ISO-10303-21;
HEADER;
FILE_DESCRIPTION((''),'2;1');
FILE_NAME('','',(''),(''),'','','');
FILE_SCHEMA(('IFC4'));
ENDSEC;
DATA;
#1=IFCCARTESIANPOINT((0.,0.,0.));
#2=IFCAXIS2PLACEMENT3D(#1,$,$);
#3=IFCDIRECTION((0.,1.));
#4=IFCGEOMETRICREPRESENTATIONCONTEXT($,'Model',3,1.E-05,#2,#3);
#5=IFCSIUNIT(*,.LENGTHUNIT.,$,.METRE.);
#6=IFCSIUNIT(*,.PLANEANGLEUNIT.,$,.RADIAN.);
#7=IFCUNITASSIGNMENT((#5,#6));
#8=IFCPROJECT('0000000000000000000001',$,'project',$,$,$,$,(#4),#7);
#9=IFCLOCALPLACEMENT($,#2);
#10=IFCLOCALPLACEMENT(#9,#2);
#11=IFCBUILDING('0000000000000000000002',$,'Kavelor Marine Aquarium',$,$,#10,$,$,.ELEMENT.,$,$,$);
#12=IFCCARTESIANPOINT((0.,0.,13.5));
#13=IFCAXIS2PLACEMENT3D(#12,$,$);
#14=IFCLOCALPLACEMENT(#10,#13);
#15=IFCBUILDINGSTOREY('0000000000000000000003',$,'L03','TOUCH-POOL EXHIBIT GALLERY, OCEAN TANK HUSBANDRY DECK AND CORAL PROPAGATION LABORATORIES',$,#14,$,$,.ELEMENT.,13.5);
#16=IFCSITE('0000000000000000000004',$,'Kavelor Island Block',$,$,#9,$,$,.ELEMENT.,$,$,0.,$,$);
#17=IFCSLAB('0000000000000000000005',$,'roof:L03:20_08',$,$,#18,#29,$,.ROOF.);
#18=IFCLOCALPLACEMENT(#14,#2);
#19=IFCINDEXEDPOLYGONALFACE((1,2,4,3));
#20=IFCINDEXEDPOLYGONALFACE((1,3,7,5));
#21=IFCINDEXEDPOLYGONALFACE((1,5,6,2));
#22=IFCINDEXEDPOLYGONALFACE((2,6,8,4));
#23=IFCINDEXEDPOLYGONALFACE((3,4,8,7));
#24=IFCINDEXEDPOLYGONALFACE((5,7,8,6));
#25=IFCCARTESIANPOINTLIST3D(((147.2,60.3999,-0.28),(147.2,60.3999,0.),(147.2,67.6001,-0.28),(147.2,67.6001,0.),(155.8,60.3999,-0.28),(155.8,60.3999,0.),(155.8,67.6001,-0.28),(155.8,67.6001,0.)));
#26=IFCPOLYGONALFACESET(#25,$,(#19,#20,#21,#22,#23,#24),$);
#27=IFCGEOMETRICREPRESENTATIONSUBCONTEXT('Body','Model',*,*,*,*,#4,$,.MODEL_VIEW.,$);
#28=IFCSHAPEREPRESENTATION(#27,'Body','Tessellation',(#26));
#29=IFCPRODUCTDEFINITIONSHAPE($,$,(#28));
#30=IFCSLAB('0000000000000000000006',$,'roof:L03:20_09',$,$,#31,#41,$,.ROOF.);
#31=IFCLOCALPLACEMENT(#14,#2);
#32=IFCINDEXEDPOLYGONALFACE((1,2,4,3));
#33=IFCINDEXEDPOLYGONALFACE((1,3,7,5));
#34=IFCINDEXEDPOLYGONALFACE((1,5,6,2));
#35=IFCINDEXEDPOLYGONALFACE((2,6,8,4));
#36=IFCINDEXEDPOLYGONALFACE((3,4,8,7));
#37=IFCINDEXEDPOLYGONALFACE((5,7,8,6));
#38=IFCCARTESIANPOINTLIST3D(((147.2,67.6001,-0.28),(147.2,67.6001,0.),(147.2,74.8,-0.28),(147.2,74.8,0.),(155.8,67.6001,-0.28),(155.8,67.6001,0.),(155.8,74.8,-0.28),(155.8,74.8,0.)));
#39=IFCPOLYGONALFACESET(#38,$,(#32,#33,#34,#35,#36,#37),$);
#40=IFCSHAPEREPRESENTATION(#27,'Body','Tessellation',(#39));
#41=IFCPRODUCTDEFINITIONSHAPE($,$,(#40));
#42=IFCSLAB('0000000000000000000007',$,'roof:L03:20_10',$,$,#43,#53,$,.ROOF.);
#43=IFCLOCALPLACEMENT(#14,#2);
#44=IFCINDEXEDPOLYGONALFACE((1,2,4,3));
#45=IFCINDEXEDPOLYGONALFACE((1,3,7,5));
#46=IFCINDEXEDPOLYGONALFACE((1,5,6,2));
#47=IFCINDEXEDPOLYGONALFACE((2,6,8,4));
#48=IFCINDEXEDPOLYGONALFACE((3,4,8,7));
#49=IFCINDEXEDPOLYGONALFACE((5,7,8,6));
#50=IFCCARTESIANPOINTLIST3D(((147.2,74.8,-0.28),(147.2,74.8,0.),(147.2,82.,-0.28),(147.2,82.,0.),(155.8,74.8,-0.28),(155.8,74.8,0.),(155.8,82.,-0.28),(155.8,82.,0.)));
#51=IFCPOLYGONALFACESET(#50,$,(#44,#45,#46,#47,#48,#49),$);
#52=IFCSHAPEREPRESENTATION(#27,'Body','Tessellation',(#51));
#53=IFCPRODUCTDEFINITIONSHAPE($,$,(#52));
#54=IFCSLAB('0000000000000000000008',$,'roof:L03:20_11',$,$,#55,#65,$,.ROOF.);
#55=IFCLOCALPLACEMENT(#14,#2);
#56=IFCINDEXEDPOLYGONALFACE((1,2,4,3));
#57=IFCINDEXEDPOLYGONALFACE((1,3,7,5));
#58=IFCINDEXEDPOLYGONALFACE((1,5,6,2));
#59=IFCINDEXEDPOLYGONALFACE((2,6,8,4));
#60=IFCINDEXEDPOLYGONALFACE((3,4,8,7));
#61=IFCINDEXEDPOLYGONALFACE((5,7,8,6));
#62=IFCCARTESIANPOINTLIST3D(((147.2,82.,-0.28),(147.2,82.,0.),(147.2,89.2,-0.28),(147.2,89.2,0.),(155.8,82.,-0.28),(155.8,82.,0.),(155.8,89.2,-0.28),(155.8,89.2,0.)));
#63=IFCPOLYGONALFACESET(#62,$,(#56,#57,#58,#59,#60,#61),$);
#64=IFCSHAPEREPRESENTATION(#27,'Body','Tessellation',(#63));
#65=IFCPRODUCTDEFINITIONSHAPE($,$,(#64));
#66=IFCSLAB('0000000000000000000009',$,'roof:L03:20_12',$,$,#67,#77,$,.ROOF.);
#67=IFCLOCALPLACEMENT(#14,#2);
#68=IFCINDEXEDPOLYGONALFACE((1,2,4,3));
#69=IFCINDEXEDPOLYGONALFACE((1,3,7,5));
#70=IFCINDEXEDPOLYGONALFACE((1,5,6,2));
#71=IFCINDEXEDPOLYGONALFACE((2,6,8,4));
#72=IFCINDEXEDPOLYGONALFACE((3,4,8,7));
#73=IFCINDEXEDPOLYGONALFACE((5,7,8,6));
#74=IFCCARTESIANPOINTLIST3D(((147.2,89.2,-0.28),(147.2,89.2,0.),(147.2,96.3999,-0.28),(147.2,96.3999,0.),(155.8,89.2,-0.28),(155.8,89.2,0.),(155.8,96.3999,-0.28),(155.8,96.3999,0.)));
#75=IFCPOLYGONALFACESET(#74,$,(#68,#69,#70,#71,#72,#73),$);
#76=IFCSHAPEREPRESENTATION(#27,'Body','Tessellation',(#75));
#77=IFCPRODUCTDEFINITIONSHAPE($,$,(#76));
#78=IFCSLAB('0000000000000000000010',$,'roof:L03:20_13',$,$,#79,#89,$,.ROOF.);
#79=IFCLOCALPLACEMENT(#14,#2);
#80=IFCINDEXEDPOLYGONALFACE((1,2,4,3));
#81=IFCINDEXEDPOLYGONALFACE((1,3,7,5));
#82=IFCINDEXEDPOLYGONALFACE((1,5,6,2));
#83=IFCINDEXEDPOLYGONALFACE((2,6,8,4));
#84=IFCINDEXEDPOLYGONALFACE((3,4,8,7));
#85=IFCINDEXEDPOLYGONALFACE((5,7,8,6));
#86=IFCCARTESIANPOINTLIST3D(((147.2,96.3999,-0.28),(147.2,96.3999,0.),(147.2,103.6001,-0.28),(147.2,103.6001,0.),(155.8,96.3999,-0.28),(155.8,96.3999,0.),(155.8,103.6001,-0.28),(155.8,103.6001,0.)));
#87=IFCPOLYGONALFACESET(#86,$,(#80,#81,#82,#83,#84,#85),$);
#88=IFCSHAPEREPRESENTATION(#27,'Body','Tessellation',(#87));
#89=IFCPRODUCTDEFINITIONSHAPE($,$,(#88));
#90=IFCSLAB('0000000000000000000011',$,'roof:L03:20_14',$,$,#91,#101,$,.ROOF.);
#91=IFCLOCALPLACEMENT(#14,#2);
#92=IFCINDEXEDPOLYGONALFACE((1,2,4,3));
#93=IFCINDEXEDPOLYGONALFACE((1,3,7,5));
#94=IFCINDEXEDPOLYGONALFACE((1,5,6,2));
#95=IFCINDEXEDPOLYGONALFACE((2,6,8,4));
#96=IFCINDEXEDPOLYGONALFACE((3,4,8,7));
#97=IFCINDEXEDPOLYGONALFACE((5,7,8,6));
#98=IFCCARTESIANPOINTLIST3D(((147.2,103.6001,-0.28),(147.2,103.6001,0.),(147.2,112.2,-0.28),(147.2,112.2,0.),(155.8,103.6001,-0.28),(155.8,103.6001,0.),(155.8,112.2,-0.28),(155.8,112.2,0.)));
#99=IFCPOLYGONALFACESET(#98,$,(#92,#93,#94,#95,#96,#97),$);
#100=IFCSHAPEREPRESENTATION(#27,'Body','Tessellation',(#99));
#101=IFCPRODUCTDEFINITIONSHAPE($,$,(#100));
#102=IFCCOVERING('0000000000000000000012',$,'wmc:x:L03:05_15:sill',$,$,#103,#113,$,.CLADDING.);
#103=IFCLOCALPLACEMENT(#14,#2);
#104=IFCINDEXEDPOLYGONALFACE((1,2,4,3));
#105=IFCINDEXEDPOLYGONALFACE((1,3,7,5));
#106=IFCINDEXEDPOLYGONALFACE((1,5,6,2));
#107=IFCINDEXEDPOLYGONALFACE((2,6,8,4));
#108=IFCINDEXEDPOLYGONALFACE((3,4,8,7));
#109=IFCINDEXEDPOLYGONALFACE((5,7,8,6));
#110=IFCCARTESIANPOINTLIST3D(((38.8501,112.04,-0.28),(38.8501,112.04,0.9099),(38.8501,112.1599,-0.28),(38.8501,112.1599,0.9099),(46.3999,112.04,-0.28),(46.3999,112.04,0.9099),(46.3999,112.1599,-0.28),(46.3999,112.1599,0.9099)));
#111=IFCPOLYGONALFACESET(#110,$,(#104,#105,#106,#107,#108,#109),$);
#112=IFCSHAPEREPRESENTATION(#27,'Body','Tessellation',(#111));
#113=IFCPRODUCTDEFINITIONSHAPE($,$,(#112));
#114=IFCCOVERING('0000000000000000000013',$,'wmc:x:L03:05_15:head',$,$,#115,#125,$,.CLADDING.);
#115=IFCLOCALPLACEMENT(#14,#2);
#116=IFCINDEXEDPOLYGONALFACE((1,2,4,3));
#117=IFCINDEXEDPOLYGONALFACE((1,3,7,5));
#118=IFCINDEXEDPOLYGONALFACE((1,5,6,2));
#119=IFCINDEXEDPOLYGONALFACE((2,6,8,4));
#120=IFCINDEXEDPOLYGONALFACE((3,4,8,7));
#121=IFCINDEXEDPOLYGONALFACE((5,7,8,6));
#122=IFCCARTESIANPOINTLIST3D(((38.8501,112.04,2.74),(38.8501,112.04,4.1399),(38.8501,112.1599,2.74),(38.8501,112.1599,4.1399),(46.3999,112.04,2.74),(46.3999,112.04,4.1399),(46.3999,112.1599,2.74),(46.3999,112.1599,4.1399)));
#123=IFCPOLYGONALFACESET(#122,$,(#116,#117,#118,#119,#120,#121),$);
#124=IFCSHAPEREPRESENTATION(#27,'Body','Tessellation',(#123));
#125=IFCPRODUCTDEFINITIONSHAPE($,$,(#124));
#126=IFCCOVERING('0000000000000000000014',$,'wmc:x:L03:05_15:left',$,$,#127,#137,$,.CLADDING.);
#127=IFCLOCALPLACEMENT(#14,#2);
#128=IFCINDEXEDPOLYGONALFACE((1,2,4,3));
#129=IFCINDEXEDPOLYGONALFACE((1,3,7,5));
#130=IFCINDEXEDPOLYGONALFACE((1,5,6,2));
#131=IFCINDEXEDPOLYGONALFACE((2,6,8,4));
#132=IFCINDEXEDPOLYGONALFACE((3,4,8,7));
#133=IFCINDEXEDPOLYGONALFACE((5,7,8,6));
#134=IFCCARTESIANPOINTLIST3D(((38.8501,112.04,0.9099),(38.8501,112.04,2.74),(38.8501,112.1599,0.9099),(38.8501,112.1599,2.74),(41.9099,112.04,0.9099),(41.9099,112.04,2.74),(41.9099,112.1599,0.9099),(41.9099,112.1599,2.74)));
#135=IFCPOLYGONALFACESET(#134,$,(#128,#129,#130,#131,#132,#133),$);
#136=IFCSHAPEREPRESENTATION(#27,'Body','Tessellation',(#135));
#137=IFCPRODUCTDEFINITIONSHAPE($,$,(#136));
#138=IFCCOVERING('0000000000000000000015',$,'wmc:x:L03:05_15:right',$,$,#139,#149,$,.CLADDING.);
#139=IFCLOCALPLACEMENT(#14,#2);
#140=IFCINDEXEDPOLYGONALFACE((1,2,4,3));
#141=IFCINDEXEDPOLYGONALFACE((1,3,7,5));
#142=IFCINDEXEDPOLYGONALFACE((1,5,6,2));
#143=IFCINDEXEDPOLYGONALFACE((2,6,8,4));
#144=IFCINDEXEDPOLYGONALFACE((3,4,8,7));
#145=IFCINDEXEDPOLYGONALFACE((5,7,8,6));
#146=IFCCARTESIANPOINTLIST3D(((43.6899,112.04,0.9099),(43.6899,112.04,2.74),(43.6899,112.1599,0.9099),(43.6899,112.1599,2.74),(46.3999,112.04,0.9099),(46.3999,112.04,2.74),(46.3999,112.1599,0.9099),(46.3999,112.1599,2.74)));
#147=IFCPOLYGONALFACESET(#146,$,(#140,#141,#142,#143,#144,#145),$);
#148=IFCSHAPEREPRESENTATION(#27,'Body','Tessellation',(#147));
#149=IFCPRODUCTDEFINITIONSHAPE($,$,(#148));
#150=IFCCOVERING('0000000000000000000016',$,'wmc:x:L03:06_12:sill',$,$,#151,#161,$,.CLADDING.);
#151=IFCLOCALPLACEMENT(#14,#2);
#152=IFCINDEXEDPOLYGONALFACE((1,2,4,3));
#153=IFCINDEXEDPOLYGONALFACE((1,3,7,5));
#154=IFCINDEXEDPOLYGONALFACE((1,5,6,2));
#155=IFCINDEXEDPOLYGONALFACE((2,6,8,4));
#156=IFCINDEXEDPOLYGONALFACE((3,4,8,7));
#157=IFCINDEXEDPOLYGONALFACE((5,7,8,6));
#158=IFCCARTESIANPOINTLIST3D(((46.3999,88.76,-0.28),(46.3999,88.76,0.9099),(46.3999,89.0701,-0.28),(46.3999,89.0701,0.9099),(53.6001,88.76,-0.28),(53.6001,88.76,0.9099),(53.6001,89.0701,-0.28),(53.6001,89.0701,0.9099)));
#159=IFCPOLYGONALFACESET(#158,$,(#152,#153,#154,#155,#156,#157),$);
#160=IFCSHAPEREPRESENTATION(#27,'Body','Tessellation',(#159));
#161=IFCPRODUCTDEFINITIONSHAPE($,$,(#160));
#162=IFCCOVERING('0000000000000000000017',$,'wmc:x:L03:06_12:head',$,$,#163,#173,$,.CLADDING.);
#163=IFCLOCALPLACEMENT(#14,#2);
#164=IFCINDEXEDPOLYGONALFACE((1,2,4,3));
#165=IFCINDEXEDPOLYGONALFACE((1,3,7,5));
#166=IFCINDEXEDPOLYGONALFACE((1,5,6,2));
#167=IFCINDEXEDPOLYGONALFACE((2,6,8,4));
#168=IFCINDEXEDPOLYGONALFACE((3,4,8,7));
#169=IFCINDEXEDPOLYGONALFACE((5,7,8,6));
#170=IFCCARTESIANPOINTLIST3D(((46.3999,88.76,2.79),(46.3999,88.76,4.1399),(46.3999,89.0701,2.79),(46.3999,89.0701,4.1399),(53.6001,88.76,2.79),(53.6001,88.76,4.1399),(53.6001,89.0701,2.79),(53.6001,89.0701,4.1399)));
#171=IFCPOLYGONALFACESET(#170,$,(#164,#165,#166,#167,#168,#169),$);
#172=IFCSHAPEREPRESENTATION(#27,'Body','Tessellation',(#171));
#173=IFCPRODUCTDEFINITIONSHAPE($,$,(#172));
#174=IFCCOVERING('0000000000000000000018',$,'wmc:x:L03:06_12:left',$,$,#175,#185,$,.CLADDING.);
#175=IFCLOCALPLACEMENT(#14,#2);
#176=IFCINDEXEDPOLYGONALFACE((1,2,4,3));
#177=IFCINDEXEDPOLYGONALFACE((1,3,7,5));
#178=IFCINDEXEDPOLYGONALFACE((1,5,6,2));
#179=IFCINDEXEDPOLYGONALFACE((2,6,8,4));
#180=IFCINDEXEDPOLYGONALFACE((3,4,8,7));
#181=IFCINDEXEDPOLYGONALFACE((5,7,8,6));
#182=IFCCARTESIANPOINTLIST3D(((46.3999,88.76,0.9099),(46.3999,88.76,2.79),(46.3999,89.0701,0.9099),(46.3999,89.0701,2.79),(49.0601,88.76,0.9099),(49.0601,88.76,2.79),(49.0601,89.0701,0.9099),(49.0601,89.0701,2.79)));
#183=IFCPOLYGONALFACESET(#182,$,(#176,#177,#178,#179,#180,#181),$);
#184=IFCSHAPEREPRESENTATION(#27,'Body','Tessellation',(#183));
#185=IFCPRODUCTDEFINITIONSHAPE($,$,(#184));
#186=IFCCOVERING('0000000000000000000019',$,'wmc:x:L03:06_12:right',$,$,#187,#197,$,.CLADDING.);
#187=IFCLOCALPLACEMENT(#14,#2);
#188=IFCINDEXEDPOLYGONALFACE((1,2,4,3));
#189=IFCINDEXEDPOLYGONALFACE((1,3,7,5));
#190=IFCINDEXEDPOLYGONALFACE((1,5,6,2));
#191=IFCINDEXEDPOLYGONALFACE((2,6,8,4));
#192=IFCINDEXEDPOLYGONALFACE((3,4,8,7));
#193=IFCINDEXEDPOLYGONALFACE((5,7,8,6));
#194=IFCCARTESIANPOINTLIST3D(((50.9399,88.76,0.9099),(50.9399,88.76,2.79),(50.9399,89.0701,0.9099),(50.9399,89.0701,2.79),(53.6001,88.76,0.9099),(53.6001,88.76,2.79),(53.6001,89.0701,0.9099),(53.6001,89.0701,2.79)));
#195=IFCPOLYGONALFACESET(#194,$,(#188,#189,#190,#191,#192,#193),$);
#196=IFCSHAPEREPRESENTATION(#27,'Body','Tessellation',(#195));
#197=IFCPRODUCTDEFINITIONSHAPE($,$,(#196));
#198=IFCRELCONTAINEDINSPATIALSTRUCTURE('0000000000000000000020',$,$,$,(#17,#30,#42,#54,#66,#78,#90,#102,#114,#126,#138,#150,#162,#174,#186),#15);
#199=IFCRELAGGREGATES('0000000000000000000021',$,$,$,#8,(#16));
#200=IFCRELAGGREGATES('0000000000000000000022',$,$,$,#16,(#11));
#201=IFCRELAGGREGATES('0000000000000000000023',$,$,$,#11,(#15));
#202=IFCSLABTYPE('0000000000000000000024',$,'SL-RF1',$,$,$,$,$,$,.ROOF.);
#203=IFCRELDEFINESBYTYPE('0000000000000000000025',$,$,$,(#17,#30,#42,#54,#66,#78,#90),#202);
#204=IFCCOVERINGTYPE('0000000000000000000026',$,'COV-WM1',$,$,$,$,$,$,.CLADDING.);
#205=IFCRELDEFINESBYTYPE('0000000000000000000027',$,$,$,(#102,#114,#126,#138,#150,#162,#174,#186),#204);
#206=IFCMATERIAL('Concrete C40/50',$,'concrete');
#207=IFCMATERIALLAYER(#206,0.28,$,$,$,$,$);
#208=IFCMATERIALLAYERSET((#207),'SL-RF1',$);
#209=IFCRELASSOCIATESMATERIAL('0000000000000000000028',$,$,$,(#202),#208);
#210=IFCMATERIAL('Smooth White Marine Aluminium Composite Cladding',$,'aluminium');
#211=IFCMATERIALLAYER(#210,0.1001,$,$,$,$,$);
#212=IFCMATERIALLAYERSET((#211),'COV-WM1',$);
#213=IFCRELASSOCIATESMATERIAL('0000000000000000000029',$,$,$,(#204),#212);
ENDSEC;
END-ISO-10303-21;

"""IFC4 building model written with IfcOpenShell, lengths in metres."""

from ifc_helpers import new_model, si_unit, direction, frame, origin, place, context, subcontext, project, spatial, polyline, outline, extrude, material, layer, layer_set, type_object, element, save


model = new_model("IFC4")

# Units and contexts
model_context = context("Model", 3, precision=1e-05, world=origin(), true_north=direction((0.0, 1.0)))
body_context = subcontext(model_context, "Body", "Model", "MODEL_VIEW")
ifc_project = project(units=[si_unit("LENGTHUNIT", "METRE"), si_unit("PLANEANGLEUNIT", "RADIAN")], contexts=[model_context])

# Site, building, storey
site_placement = place(None, origin())
site = spatial("IfcSite", under=ifc_project, at=site_placement, Name="Kavelor Island Block", CompositionType="ELEMENT", RefElevation=0.0)
building_placement = place(site_placement, origin())
building = spatial("IfcBuilding", under=site, at=building_placement, Name="Kavelor Marine Aquarium", CompositionType="ELEMENT")
storey_placement = place(building_placement, frame((0.0, 0.0, 13.5)))
storey = spatial("IfcBuildingStorey", under=building, at=storey_placement, Name="L03", Description="TOUCH-POOL EXHIBIT GALLERY, OCEAN TANK HUSBANDRY DECK AND CORAL PROPAGATION LABORATORIES", CompositionType="ELEMENT", Elevation=13.5)

# Slabs
ifc_material_1 = material(Name="Concrete C40/50", Category="concrete")
ifc_layer_1 = layer(ifc_material_1, 0.28)
ifc_layer_set_1 = layer_set([ifc_layer_1], Name="SL-RF1")
slab_type = type_object("IfcSlabType", Name="SL-RF1", PredefinedType="ROOF", material=ifc_layer_set_1)
slab_1_placement = place(storey_placement, frame((0.0, 0.0, -0.28)))
element("IfcSlab", 1, at=slab_1_placement, inside=storey, type_object=slab_type, Name="roof:L03:20_08", PredefinedType="ROOF", context=body_context, shape_type="SweptSolid", body=[
    extrude(outline(polyline([(147.2, 60.3999), (155.8, 60.3999), (155.8, 67.6001), (147.2, 67.6001), (147.2, 60.3999)])), origin(), (0.0, 0.0, 1.0), 0.28),
])
slab_2_placement = place(storey_placement, frame((0.0, 0.0, -0.28)))
element("IfcSlab", 2, at=slab_2_placement, inside=storey, type_object=slab_type, Name="roof:L03:20_09", PredefinedType="ROOF", context=body_context, shape_type="SweptSolid", body=[
    extrude(outline(polyline([(147.2, 67.6001), (155.8, 67.6001), (155.8, 74.8), (147.2, 74.8), (147.2, 67.6001)])), origin(), (0.0, 0.0, 1.0), 0.28),
])
slab_3_placement = place(storey_placement, frame((0.0, 0.0, -0.28)))
element("IfcSlab", 3, at=slab_3_placement, inside=storey, type_object=slab_type, Name="roof:L03:20_10", PredefinedType="ROOF", context=body_context, shape_type="SweptSolid", body=[
    extrude(outline(polyline([(147.2, 74.8), (155.8, 74.8), (155.8, 82.0), (147.2, 82.0), (147.2, 74.8)])), origin(), (0.0, 0.0, 1.0), 0.28),
])
slab_4_placement = place(storey_placement, frame((0.0, 0.0, -0.28)))
element("IfcSlab", 4, at=slab_4_placement, inside=storey, type_object=slab_type, Name="roof:L03:20_11", PredefinedType="ROOF", context=body_context, shape_type="SweptSolid", body=[
    extrude(outline(polyline([(147.2, 82.0), (155.8, 82.0), (155.8, 89.2), (147.2, 89.2), (147.2, 82.0)])), origin(), (0.0, 0.0, 1.0), 0.28),
])
slab_5_placement = place(storey_placement, frame((0.0, 0.0, -0.28)))
element("IfcSlab", 5, at=slab_5_placement, inside=storey, type_object=slab_type, Name="roof:L03:20_12", PredefinedType="ROOF", context=body_context, shape_type="SweptSolid", body=[
    extrude(outline(polyline([(147.2, 89.2), (155.8, 89.2), (155.8, 96.3999), (147.2, 96.3999), (147.2, 89.2)])), origin(), (0.0, 0.0, 1.0), 0.28),
])
slab_6_placement = place(storey_placement, frame((0.0, 0.0, -0.28)))
element("IfcSlab", 6, at=slab_6_placement, inside=storey, type_object=slab_type, Name="roof:L03:20_13", PredefinedType="ROOF", context=body_context, shape_type="SweptSolid", body=[
    extrude(outline(polyline([(147.2, 96.3999), (155.8, 96.3999), (155.8, 103.6001), (147.2, 103.6001), (147.2, 96.3999)])), origin(), (0.0, 0.0, 1.0), 0.28),
])
slab_7_placement = place(storey_placement, frame((0.0, 0.0, -0.28)))
element("IfcSlab", 7, at=slab_7_placement, inside=storey, type_object=slab_type, Name="roof:L03:20_14", PredefinedType="ROOF", context=body_context, shape_type="SweptSolid", body=[
    extrude(outline(polyline([(147.2, 103.6001), (155.8, 103.6001), (155.8, 112.2), (147.2, 112.2), (147.2, 103.6001)])), origin(), (0.0, 0.0, 1.0), 0.28),
])

# Coverings
ifc_material_2 = material(Name="Smooth White Marine Aluminium Composite Cladding", Category="aluminium")
ifc_layer_2 = layer(ifc_material_2, 0.1001)
ifc_layer_set_2 = layer_set([ifc_layer_2], Name="COV-WM1")
covering_type = type_object("IfcCoveringType", Name="COV-WM1", PredefinedType="CLADDING", material=ifc_layer_set_2)
covering_1_placement = place(storey_placement, frame((0.0, 0.0, -0.28)))
element("IfcCovering", 8, at=covering_1_placement, inside=storey, type_object=covering_type, Name="wmc:x:L03:05_15:sill", PredefinedType="CLADDING", context=body_context, shape_type="SweptSolid", body=[
    extrude(outline(polyline([(38.8501, 112.04), (46.3999, 112.04), (46.3999, 112.1599), (38.8501, 112.1599), (38.8501, 112.04)])), origin(), (0.0, 0.0, 1.0), 1.1899),
])
covering_2_placement = place(storey_placement, frame((0.0, 0.0, 2.74)))
element("IfcCovering", 9, at=covering_2_placement, inside=storey, type_object=covering_type, Name="wmc:x:L03:05_15:head", PredefinedType="CLADDING", context=body_context, shape_type="SweptSolid", body=[
    extrude(outline(polyline([(38.8501, 112.04), (46.3999, 112.04), (46.3999, 112.1599), (38.8501, 112.1599), (38.8501, 112.04)])), origin(), (0.0, 0.0, 1.0), 1.3999),
])
covering_3_placement = place(storey_placement, frame((0.0, 0.0, 0.9099)))
element("IfcCovering", 10, at=covering_3_placement, inside=storey, type_object=covering_type, Name="wmc:x:L03:05_15:left", PredefinedType="CLADDING", context=body_context, shape_type="SweptSolid", body=[
    extrude(outline(polyline([(38.8501, 112.04), (41.9099, 112.04), (41.9099, 112.1599), (38.8501, 112.1599), (38.8501, 112.04)])), origin(), (0.0, 0.0, 1.0), 1.8301),
])
covering_4_placement = place(storey_placement, frame((0.0, 0.0, 0.9099)))
element("IfcCovering", 11, at=covering_4_placement, inside=storey, type_object=covering_type, Name="wmc:x:L03:05_15:right", PredefinedType="CLADDING", context=body_context, shape_type="SweptSolid", body=[
    extrude(outline(polyline([(43.6899, 112.04), (46.3999, 112.04), (46.3999, 112.1599), (43.6899, 112.1599), (43.6899, 112.04)])), origin(), (0.0, 0.0, 1.0), 1.8301),
])
covering_5_placement = place(storey_placement, frame((0.0, 0.0, -0.28)))
element("IfcCovering", 12, at=covering_5_placement, inside=storey, type_object=covering_type, Name="wmc:x:L03:06_12:sill", PredefinedType="CLADDING", context=body_context, shape_type="SweptSolid", body=[
    extrude(outline(polyline([(46.3999, 88.76), (53.6001, 88.76), (53.6001, 89.0701), (46.3999, 89.0701), (46.3999, 88.76)])), origin(), (0.0, 0.0, 1.0), 1.1899),
])
covering_6_placement = place(storey_placement, frame((0.0, 0.0, 2.79)))
element("IfcCovering", 13, at=covering_6_placement, inside=storey, type_object=covering_type, Name="wmc:x:L03:06_12:head", PredefinedType="CLADDING", context=body_context, shape_type="SweptSolid", body=[
    extrude(outline(polyline([(46.3999, 88.76), (53.6001, 88.76), (53.6001, 89.0701), (46.3999, 89.0701), (46.3999, 88.76)])), origin(), (0.0, 0.0, 1.0), 1.3499),
])
covering_7_placement = place(storey_placement, frame((0.0, 0.0, 0.9099)))
element("IfcCovering", 14, at=covering_7_placement, inside=storey, type_object=covering_type, Name="wmc:x:L03:06_12:left", PredefinedType="CLADDING", context=body_context, shape_type="SweptSolid", body=[
    extrude(outline(polyline([(46.3999, 88.76), (49.0601, 88.76), (49.0601, 89.0701), (46.3999, 89.0701), (46.3999, 88.76)])), origin(), (0.0, 0.0, 1.0), 1.8801),
])
covering_8_placement = place(storey_placement, frame((0.0, 0.0, 0.9099)))
element("IfcCovering", 15, at=covering_8_placement, inside=storey, type_object=covering_type, Name="wmc:x:L03:06_12:right", PredefinedType="CLADDING", context=body_context, shape_type="SweptSolid", body=[
    extrude(outline(polyline([(50.9399, 88.76), (53.6001, 88.76), (53.6001, 89.0701), (50.9399, 89.0701), (50.9399, 88.76)])), origin(), (0.0, 0.0, 1.0), 1.8801),
])

save(model, "model.ifc")
